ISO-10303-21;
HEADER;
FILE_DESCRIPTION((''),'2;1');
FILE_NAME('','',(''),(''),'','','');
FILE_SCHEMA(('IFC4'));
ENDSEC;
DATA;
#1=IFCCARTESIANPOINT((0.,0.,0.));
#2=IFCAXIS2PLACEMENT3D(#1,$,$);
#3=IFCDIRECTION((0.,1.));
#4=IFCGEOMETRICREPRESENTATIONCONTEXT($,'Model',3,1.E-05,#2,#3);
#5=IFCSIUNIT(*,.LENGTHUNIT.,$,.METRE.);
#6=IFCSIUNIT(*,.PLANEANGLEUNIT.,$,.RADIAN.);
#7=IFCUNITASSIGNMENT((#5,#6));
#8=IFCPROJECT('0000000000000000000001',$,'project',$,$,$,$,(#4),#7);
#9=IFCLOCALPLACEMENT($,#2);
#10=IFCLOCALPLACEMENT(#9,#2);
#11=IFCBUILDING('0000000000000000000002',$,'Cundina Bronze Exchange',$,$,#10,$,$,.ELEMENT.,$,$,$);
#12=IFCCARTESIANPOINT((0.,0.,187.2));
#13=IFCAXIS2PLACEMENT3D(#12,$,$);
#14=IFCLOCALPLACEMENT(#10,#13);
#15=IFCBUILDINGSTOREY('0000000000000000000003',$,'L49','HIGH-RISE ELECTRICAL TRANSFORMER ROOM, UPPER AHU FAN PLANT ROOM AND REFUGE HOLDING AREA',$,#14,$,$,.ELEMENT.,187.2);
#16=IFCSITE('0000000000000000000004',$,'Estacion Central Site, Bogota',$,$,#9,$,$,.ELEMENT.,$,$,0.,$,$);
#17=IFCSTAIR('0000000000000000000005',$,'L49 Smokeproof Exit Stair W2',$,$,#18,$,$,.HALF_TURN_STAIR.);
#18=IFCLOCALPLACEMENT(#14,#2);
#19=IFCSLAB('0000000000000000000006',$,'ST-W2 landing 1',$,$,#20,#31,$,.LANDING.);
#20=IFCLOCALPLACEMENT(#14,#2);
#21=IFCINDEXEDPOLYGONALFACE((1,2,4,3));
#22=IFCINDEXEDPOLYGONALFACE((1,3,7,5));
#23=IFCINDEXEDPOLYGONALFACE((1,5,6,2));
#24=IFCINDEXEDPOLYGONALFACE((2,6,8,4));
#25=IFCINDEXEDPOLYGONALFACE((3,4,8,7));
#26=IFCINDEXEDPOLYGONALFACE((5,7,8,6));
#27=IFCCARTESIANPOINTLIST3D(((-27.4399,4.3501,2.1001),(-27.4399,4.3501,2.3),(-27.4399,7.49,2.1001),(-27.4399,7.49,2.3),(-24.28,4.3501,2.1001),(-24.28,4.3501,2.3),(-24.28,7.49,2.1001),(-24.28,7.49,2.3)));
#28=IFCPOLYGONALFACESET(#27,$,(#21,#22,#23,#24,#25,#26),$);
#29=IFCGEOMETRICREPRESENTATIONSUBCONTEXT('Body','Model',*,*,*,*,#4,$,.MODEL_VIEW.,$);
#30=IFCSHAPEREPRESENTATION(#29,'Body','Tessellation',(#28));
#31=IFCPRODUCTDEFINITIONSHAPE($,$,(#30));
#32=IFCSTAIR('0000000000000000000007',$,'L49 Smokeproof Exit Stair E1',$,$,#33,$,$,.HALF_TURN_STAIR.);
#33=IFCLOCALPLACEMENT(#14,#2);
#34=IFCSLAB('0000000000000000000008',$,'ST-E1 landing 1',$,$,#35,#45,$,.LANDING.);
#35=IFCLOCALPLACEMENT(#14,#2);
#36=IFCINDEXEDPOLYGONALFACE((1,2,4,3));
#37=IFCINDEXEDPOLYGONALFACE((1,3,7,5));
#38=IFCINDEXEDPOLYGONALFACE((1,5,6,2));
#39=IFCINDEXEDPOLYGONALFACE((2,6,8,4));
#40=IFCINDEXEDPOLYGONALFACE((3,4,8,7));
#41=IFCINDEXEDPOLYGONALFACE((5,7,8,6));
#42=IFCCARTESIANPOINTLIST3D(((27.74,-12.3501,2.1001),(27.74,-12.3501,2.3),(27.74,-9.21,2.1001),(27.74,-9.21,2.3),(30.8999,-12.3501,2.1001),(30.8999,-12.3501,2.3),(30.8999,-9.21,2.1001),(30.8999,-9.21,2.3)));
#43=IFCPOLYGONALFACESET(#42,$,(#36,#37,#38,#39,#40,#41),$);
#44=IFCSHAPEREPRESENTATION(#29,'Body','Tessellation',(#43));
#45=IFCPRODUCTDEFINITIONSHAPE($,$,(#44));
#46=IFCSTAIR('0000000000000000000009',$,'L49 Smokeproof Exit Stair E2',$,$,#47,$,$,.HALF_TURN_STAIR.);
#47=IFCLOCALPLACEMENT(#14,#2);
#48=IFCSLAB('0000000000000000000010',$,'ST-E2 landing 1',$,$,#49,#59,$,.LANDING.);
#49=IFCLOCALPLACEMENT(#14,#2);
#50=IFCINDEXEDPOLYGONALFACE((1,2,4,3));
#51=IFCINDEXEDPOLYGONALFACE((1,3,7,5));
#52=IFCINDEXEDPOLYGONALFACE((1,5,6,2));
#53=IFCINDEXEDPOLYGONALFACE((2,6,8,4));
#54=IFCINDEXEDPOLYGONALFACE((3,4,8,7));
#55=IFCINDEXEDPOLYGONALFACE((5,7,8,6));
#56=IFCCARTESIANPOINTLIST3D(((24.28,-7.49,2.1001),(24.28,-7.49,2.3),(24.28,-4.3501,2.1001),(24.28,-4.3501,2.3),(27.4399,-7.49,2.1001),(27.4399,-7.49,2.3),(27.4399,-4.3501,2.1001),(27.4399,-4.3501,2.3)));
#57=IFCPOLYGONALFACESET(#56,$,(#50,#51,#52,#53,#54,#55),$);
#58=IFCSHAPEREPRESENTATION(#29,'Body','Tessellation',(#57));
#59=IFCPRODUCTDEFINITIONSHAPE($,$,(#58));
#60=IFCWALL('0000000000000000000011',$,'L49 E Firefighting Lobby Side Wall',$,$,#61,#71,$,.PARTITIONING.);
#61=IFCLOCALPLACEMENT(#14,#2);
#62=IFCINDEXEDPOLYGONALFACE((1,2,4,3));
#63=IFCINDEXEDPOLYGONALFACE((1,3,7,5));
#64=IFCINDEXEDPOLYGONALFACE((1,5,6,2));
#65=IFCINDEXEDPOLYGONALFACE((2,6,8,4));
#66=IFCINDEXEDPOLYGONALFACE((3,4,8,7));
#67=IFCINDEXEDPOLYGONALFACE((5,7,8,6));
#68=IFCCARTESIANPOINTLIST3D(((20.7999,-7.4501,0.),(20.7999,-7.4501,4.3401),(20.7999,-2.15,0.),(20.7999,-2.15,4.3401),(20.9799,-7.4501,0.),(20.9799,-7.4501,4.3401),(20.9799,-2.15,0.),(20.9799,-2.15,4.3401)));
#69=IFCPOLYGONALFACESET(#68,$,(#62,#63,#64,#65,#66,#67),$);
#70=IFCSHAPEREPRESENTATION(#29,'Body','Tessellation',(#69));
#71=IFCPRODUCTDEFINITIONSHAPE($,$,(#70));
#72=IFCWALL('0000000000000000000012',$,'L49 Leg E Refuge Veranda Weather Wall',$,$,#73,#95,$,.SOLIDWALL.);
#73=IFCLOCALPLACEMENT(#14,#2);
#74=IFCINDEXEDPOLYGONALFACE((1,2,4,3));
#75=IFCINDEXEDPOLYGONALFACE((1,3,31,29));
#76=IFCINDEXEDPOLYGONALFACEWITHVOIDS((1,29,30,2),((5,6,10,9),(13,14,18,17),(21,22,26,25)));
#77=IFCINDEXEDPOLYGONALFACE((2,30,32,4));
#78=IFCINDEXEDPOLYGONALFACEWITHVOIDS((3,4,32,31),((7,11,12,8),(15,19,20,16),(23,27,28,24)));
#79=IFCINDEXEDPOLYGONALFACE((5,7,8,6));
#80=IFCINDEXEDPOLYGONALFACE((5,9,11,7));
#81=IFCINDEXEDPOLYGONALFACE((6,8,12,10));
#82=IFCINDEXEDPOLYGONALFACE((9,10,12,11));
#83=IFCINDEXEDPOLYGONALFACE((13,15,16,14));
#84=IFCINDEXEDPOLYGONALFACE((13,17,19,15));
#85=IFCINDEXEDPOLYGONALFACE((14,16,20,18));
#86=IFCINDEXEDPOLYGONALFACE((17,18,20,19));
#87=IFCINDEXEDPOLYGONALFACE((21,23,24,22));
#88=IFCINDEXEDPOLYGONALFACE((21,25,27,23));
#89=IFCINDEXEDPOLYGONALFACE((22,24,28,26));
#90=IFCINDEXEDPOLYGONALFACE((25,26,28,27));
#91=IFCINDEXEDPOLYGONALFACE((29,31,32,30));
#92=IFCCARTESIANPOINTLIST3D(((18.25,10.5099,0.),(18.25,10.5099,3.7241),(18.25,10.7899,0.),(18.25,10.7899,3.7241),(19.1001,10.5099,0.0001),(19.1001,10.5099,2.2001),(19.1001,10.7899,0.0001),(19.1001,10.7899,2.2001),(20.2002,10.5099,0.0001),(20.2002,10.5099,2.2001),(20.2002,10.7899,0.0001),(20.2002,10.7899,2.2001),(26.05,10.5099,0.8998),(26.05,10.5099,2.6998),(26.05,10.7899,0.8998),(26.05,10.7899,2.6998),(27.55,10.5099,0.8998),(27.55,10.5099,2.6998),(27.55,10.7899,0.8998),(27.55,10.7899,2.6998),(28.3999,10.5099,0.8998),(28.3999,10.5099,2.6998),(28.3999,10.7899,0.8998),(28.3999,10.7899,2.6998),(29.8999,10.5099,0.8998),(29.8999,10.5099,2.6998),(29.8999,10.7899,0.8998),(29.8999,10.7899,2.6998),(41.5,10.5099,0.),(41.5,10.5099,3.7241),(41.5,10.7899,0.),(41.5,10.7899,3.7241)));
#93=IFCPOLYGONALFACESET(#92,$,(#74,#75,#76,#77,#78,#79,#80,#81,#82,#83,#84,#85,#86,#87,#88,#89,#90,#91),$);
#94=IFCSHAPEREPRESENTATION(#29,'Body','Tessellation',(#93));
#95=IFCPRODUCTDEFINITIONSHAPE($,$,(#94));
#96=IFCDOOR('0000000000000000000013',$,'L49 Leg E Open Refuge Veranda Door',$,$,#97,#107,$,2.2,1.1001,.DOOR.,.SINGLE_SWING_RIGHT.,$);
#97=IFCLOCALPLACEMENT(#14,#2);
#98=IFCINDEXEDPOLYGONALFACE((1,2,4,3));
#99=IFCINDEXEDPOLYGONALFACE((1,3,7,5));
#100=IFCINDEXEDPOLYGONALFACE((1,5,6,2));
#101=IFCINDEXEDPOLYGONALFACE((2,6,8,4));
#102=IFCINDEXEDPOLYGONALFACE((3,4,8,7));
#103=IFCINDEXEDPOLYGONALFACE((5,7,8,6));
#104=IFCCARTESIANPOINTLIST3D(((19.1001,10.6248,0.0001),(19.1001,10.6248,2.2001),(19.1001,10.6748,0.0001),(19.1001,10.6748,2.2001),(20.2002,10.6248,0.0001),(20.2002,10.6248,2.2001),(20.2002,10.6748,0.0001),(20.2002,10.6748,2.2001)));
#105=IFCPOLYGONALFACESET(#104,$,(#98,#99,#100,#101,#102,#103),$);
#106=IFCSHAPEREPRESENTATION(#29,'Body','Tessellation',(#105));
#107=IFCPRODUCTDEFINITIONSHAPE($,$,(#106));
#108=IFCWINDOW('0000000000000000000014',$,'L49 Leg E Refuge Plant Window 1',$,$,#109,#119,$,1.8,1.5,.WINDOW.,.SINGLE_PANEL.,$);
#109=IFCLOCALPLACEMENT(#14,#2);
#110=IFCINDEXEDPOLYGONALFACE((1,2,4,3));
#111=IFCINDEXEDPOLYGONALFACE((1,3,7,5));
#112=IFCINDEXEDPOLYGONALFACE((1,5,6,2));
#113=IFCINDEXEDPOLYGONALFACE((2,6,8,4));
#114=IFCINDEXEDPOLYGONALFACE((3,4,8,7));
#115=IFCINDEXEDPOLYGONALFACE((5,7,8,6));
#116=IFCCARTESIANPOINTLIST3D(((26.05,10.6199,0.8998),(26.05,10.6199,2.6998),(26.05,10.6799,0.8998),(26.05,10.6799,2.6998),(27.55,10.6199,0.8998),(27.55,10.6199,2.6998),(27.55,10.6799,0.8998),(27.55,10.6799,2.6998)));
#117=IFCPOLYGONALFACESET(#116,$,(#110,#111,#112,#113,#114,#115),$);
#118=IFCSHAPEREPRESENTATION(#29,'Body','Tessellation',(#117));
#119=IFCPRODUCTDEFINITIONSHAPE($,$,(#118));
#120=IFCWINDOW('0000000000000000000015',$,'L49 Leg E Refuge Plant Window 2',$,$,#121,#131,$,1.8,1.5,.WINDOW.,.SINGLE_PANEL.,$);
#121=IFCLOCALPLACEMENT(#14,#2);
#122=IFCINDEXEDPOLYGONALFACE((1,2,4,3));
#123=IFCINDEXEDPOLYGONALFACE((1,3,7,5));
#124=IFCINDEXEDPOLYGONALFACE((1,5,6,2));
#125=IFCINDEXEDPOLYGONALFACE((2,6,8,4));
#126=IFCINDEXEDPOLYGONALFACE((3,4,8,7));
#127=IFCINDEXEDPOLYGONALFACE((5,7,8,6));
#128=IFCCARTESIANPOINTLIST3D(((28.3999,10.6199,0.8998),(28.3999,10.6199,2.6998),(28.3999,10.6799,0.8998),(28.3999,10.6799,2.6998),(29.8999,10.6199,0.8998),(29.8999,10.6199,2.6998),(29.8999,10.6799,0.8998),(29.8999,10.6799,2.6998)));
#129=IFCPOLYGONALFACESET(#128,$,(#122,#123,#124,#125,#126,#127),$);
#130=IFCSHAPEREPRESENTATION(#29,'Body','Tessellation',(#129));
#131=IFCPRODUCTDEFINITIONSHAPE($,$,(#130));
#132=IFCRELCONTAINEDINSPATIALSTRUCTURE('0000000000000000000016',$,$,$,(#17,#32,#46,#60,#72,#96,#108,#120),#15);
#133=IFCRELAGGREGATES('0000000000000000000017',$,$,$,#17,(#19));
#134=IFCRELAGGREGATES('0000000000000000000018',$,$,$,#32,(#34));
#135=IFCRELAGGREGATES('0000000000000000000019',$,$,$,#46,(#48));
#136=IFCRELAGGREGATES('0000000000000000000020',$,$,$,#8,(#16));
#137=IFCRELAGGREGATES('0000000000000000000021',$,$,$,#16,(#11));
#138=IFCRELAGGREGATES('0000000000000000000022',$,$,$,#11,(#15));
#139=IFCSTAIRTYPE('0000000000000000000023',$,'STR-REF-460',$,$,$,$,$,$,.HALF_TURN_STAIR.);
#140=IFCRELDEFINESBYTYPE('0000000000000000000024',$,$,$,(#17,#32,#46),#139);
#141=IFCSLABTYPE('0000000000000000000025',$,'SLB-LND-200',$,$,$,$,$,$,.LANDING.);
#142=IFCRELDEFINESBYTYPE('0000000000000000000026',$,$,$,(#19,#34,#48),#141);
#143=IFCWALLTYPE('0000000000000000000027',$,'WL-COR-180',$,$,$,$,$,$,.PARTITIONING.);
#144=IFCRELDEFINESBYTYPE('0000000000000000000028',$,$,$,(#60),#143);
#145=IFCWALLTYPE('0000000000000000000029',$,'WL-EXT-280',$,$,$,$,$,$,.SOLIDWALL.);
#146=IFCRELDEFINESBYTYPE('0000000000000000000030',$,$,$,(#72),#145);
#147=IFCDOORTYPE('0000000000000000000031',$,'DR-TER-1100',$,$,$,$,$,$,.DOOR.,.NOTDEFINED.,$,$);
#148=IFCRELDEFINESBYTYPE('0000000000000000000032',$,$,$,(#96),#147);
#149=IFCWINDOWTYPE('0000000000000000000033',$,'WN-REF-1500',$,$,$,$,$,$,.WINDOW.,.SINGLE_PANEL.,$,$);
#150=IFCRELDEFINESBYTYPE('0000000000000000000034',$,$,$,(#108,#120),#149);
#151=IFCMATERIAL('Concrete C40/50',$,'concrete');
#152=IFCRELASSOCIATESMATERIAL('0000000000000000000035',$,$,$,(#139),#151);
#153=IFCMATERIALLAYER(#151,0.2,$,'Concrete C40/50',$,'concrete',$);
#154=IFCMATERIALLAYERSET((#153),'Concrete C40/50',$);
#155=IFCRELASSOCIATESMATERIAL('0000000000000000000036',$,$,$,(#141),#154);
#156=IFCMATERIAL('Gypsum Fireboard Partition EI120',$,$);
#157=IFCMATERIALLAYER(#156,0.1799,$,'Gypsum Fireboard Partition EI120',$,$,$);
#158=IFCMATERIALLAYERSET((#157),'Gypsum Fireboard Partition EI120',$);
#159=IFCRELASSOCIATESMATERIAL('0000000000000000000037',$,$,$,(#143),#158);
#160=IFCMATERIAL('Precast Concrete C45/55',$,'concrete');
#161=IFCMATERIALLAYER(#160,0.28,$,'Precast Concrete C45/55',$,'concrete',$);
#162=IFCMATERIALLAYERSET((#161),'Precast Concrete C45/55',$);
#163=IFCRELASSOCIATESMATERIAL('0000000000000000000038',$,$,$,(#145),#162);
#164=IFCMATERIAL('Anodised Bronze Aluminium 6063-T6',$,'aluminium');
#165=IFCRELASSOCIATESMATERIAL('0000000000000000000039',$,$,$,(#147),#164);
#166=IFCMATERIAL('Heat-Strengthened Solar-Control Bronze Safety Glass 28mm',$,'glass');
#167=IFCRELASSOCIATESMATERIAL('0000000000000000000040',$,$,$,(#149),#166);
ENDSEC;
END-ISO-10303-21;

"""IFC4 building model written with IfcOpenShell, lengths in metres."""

from ifc_helpers import new_model, si_unit, direction, frame, frame_2d, origin, place, context, subcontext, project, spatial, polyline, rectangle, outline, extrude, material, layer, layer_set, type_object, element, fill, aggregate, save


model = new_model("IFC4")

# Units and contexts
model_context = context("Model", 3, precision=1e-05, world=origin(), true_north=direction((0.0, 1.0)))
body_context = subcontext(model_context, "Body", "Model", "MODEL_VIEW")
ifc_project = project(units=[si_unit("LENGTHUNIT", "METRE"), si_unit("PLANEANGLEUNIT", "RADIAN")], contexts=[model_context])

# Site, building, storey
site_placement = place(None, origin())
site = spatial("IfcSite", under=ifc_project, at=site_placement, Name="Estacion Central Site, Bogota", CompositionType="ELEMENT", RefElevation=0.0)
building_placement = place(site_placement, origin())
building = spatial("IfcBuilding", under=site, at=building_placement, Name="Cundina Bronze Exchange", CompositionType="ELEMENT")
storey_placement = place(building_placement, frame((0.0, 0.0, 187.2)))
storey = spatial("IfcBuildingStorey", under=building, at=storey_placement, Name="L49", Description="HIGH-RISE ELECTRICAL TRANSFORMER ROOM, UPPER AHU FAN PLANT ROOM AND REFUGE HOLDING AREA", CompositionType="ELEMENT", Elevation=187.2)

# Stairs, slabs
ifc_material_1 = material(Name="Concrete C40/50", Category="concrete")
stair_type = type_object("IfcStairType", Name="STR-REF-460", PredefinedType="HALF_TURN_STAIR", material=ifc_material_1)
ifc_layer_1 = layer(ifc_material_1, 0.2, Name="Concrete C40/50", Category="concrete")
ifc_layer_set_1 = layer_set([ifc_layer_1], Name="Concrete C40/50")
slab_type = type_object("IfcSlabType", Name="SLB-LND-200", PredefinedType="LANDING", material=ifc_layer_set_1)
stair_1_placement = place(storey_placement, origin())
stair_1 = element("IfcStair", 1, at=stair_1_placement, inside=storey, type_object=stair_type, Name="L49 Smokeproof Exit Stair W2", PredefinedType="HALF_TURN_STAIR")
slab_1_placement = place(storey_placement, frame((0.0, 0.0, 2.1001)))
slab_1 = element("IfcSlab", 2, at=slab_1_placement, type_object=slab_type, Name="ST-W2 landing 1", PredefinedType="LANDING", context=body_context, shape_type="SweptSolid", body=[
    extrude(outline(polyline([(-27.4399, 7.49), (-27.4399, 4.3501), (-24.28, 4.3501), (-24.28, 7.49), (-27.4399, 7.49)])), origin(), (0.0, 0.0, 1.0), 0.2),
])
aggregate(stair_1, [slab_1])
stair_2_placement = place(storey_placement, origin())
stair_2 = element("IfcStair", 3, at=stair_2_placement, inside=storey, type_object=stair_type, Name="L49 Smokeproof Exit Stair E1", PredefinedType="HALF_TURN_STAIR")
slab_2_placement = place(storey_placement, frame((0.0, 0.0, 2.1001)))
slab_2 = element("IfcSlab", 4, at=slab_2_placement, type_object=slab_type, Name="ST-E1 landing 1", PredefinedType="LANDING", context=body_context, shape_type="SweptSolid", body=[
    extrude(outline(polyline([(27.74, -9.21), (27.74, -12.3501), (30.8999, -12.3501), (30.8999, -9.21), (27.74, -9.21)])), origin(), (0.0, 0.0, 1.0), 0.2),
])
aggregate(stair_2, [slab_2])
stair_3_placement = place(storey_placement, origin())
stair_3 = element("IfcStair", 5, at=stair_3_placement, inside=storey, type_object=stair_type, Name="L49 Smokeproof Exit Stair E2", PredefinedType="HALF_TURN_STAIR")
slab_3_placement = place(storey_placement, frame((0.0, 0.0, 2.1001)))
slab_3 = element("IfcSlab", 6, at=slab_3_placement, type_object=slab_type, Name="ST-E2 landing 1", PredefinedType="LANDING", context=body_context, shape_type="SweptSolid", body=[
    extrude(outline(polyline([(27.4399, -7.49), (27.4399, -4.3501), (24.28, -4.3501), (24.28, -7.49), (27.4399, -7.49)])), origin(), (0.0, 0.0, 1.0), 0.2),
])
aggregate(stair_3, [slab_3])

# Wall
ifc_material_2 = material(Name="Gypsum Fireboard Partition EI120")
ifc_layer_2 = layer(ifc_material_2, 0.1799, Name="Gypsum Fireboard Partition EI120")
ifc_layer_set_2 = layer_set([ifc_layer_2], Name="Gypsum Fireboard Partition EI120")
wall_type_1 = type_object("IfcWallType", Name="WL-COR-180", PredefinedType="PARTITIONING", material=ifc_layer_set_2)
wall_1_placement = place(storey_placement, frame((20.8899, -7.45, 0.0), z_axis=(0.0, 0.0, 1.0), x_axis=(0.0, 1.0, 0.0)))
element("IfcWall", 7, at=wall_1_placement, inside=storey, type_object=wall_type_1, Name="L49 E Firefighting Lobby Side Wall", PredefinedType="PARTITIONING", context=body_context, shape_type="SweptSolid", body=[
    extrude(rectangle(XDim=5.3, YDim=0.1799, at=frame_2d((2.6499, 0.0))), origin(), (0.0, 0.0, 1.0), 4.3401),
])

# Wall, openings, door, windows
ifc_material_3 = material(Name="Precast Concrete C45/55", Category="concrete")
ifc_layer_3 = layer(ifc_material_3, 0.28, Name="Precast Concrete C45/55", Category="concrete")
ifc_layer_set_3 = layer_set([ifc_layer_3], Name="Precast Concrete C45/55")
wall_type_2 = type_object("IfcWallType", Name="WL-EXT-280", PredefinedType="SOLIDWALL", material=ifc_layer_set_3)
wall_2_placement = place(storey_placement, frame((18.25, 10.6499, 0.0), z_axis=(0.0, 0.0, 1.0), x_axis=(1.0, 0.0, 0.0)))
wall_2 = element("IfcWall", 8, at=wall_2_placement, inside=storey, type_object=wall_type_2, Name="L49 Leg E Refuge Veranda Weather Wall", PredefinedType="SOLIDWALL", context=body_context, shape_type="SweptSolid", body=[
    extrude(rectangle(XDim=23.25, YDim=0.28, at=frame_2d((11.625, 0.0))), origin(), (0.0, 0.0, 1.0), 3.7241),
])
opening_1_placement = place(wall_2_placement, frame((0.8501, 0.0, 0.0)))
opening_1 = element("IfcOpeningElement", 9, at=opening_1_placement, cuts=wall_2, PredefinedType="OPENING", context=body_context, shape_type="SweptSolid", body=[
    extrude(rectangle(XDim=1.1001, YDim=2.2, at=frame_2d((0.55, 1.1001))), frame((0.0, 0.1499, 0.0), z_axis=(0.0, -1.0, 0.0), x_axis=(1.0, 0.0, 0.0)), (0.0, 0.0, 1.0), 0.3),
])
opening_2_placement = place(wall_2_placement, frame((7.8, 0.0, 0.8999)))
opening_2 = element("IfcOpeningElement", 10, at=opening_2_placement, cuts=wall_2, PredefinedType="OPENING", context=body_context, shape_type="SweptSolid", body=[
    extrude(rectangle(XDim=1.5, YDim=1.8, at=frame_2d((0.75, 0.8999))), frame((0.0, 0.1499, 0.0), z_axis=(0.0, -1.0, 0.0), x_axis=(1.0, 0.0, 0.0)), (0.0, 0.0, 1.0), 0.3),
])
opening_3_placement = place(wall_2_placement, frame((10.1499, 0.0, 0.8999)))
opening_3 = element("IfcOpeningElement", 11, at=opening_3_placement, cuts=wall_2, PredefinedType="OPENING", context=body_context, shape_type="SweptSolid", body=[
    extrude(rectangle(XDim=1.5, YDim=1.8, at=frame_2d((0.75, 0.8999))), frame((0.0, 0.1499, 0.0), z_axis=(0.0, -1.0, 0.0), x_axis=(1.0, 0.0, 0.0)), (0.0, 0.0, 1.0), 0.3),
])
ifc_material_4 = material(Name="Anodised Bronze Aluminium 6063-T6", Category="aluminium")
door_type_1 = type_object("IfcDoorType", Name="DR-TER-1100", OperationType="NOTDEFINED", PredefinedType="DOOR", material=ifc_material_4)
door_1_placement = place(opening_1_placement, origin())
door_1 = element("IfcDoor", 12, at=door_1_placement, inside=storey, type_object=door_type_1, Name="L49 Leg E Open Refuge Veranda Door", OperationType="SINGLE_SWING_RIGHT", OverallHeight=2.2, OverallWidth=1.1001, PredefinedType="DOOR", context=body_context, shape_type="SweptSolid", body=[
    extrude(rectangle(XDim=1.1001, YDim=2.2, at=frame_2d((0.55, 1.1001))), frame((0.0, 0.0249, 0.0), z_axis=(0.0, -1.0, 0.0), x_axis=(1.0, 0.0, 0.0)), (0.0, 0.0, 1.0), 0.05),
])
fill(opening_1, door_1)
ifc_material_5 = material(Name="Heat-Strengthened Solar-Control Bronze Safety Glass 28mm", Category="glass")
window_type = type_object("IfcWindowType", Name="WN-REF-1500", PartitioningType="SINGLE_PANEL", PredefinedType="WINDOW", material=ifc_material_5)
window_1_placement = place(opening_2_placement, origin())
window_1 = element("IfcWindow", 13, at=window_1_placement, inside=storey, type_object=window_type, Name="L49 Leg E Refuge Plant Window 1", OverallHeight=1.8, OverallWidth=1.5, PartitioningType="SINGLE_PANEL", PredefinedType="WINDOW", context=body_context, shape_type="SweptSolid", body=[
    extrude(rectangle(XDim=1.5, YDim=1.8, at=frame_2d((0.75, 0.8999))), frame((0.0, 0.03, 0.0), z_axis=(0.0, -1.0, 0.0), x_axis=(1.0, 0.0, 0.0)), (0.0, 0.0, 1.0), 0.0601),
])
fill(opening_2, window_1)
window_2_placement = place(opening_3_placement, origin())
window_2 = element("IfcWindow", 14, at=window_2_placement, inside=storey, type_object=window_type, Name="L49 Leg E Refuge Plant Window 2", OverallHeight=1.8, OverallWidth=1.5, PartitioningType="SINGLE_PANEL", PredefinedType="WINDOW", context=body_context, shape_type="SweptSolid", body=[
    extrude(rectangle(XDim=1.5, YDim=1.8, at=frame_2d((0.75, 0.8999))), frame((0.0, 0.03, 0.0), z_axis=(0.0, -1.0, 0.0), x_axis=(1.0, 0.0, 0.0)), (0.0, 0.0, 1.0), 0.0601),
])
fill(opening_3, window_2)

save(model, "model.ifc")
